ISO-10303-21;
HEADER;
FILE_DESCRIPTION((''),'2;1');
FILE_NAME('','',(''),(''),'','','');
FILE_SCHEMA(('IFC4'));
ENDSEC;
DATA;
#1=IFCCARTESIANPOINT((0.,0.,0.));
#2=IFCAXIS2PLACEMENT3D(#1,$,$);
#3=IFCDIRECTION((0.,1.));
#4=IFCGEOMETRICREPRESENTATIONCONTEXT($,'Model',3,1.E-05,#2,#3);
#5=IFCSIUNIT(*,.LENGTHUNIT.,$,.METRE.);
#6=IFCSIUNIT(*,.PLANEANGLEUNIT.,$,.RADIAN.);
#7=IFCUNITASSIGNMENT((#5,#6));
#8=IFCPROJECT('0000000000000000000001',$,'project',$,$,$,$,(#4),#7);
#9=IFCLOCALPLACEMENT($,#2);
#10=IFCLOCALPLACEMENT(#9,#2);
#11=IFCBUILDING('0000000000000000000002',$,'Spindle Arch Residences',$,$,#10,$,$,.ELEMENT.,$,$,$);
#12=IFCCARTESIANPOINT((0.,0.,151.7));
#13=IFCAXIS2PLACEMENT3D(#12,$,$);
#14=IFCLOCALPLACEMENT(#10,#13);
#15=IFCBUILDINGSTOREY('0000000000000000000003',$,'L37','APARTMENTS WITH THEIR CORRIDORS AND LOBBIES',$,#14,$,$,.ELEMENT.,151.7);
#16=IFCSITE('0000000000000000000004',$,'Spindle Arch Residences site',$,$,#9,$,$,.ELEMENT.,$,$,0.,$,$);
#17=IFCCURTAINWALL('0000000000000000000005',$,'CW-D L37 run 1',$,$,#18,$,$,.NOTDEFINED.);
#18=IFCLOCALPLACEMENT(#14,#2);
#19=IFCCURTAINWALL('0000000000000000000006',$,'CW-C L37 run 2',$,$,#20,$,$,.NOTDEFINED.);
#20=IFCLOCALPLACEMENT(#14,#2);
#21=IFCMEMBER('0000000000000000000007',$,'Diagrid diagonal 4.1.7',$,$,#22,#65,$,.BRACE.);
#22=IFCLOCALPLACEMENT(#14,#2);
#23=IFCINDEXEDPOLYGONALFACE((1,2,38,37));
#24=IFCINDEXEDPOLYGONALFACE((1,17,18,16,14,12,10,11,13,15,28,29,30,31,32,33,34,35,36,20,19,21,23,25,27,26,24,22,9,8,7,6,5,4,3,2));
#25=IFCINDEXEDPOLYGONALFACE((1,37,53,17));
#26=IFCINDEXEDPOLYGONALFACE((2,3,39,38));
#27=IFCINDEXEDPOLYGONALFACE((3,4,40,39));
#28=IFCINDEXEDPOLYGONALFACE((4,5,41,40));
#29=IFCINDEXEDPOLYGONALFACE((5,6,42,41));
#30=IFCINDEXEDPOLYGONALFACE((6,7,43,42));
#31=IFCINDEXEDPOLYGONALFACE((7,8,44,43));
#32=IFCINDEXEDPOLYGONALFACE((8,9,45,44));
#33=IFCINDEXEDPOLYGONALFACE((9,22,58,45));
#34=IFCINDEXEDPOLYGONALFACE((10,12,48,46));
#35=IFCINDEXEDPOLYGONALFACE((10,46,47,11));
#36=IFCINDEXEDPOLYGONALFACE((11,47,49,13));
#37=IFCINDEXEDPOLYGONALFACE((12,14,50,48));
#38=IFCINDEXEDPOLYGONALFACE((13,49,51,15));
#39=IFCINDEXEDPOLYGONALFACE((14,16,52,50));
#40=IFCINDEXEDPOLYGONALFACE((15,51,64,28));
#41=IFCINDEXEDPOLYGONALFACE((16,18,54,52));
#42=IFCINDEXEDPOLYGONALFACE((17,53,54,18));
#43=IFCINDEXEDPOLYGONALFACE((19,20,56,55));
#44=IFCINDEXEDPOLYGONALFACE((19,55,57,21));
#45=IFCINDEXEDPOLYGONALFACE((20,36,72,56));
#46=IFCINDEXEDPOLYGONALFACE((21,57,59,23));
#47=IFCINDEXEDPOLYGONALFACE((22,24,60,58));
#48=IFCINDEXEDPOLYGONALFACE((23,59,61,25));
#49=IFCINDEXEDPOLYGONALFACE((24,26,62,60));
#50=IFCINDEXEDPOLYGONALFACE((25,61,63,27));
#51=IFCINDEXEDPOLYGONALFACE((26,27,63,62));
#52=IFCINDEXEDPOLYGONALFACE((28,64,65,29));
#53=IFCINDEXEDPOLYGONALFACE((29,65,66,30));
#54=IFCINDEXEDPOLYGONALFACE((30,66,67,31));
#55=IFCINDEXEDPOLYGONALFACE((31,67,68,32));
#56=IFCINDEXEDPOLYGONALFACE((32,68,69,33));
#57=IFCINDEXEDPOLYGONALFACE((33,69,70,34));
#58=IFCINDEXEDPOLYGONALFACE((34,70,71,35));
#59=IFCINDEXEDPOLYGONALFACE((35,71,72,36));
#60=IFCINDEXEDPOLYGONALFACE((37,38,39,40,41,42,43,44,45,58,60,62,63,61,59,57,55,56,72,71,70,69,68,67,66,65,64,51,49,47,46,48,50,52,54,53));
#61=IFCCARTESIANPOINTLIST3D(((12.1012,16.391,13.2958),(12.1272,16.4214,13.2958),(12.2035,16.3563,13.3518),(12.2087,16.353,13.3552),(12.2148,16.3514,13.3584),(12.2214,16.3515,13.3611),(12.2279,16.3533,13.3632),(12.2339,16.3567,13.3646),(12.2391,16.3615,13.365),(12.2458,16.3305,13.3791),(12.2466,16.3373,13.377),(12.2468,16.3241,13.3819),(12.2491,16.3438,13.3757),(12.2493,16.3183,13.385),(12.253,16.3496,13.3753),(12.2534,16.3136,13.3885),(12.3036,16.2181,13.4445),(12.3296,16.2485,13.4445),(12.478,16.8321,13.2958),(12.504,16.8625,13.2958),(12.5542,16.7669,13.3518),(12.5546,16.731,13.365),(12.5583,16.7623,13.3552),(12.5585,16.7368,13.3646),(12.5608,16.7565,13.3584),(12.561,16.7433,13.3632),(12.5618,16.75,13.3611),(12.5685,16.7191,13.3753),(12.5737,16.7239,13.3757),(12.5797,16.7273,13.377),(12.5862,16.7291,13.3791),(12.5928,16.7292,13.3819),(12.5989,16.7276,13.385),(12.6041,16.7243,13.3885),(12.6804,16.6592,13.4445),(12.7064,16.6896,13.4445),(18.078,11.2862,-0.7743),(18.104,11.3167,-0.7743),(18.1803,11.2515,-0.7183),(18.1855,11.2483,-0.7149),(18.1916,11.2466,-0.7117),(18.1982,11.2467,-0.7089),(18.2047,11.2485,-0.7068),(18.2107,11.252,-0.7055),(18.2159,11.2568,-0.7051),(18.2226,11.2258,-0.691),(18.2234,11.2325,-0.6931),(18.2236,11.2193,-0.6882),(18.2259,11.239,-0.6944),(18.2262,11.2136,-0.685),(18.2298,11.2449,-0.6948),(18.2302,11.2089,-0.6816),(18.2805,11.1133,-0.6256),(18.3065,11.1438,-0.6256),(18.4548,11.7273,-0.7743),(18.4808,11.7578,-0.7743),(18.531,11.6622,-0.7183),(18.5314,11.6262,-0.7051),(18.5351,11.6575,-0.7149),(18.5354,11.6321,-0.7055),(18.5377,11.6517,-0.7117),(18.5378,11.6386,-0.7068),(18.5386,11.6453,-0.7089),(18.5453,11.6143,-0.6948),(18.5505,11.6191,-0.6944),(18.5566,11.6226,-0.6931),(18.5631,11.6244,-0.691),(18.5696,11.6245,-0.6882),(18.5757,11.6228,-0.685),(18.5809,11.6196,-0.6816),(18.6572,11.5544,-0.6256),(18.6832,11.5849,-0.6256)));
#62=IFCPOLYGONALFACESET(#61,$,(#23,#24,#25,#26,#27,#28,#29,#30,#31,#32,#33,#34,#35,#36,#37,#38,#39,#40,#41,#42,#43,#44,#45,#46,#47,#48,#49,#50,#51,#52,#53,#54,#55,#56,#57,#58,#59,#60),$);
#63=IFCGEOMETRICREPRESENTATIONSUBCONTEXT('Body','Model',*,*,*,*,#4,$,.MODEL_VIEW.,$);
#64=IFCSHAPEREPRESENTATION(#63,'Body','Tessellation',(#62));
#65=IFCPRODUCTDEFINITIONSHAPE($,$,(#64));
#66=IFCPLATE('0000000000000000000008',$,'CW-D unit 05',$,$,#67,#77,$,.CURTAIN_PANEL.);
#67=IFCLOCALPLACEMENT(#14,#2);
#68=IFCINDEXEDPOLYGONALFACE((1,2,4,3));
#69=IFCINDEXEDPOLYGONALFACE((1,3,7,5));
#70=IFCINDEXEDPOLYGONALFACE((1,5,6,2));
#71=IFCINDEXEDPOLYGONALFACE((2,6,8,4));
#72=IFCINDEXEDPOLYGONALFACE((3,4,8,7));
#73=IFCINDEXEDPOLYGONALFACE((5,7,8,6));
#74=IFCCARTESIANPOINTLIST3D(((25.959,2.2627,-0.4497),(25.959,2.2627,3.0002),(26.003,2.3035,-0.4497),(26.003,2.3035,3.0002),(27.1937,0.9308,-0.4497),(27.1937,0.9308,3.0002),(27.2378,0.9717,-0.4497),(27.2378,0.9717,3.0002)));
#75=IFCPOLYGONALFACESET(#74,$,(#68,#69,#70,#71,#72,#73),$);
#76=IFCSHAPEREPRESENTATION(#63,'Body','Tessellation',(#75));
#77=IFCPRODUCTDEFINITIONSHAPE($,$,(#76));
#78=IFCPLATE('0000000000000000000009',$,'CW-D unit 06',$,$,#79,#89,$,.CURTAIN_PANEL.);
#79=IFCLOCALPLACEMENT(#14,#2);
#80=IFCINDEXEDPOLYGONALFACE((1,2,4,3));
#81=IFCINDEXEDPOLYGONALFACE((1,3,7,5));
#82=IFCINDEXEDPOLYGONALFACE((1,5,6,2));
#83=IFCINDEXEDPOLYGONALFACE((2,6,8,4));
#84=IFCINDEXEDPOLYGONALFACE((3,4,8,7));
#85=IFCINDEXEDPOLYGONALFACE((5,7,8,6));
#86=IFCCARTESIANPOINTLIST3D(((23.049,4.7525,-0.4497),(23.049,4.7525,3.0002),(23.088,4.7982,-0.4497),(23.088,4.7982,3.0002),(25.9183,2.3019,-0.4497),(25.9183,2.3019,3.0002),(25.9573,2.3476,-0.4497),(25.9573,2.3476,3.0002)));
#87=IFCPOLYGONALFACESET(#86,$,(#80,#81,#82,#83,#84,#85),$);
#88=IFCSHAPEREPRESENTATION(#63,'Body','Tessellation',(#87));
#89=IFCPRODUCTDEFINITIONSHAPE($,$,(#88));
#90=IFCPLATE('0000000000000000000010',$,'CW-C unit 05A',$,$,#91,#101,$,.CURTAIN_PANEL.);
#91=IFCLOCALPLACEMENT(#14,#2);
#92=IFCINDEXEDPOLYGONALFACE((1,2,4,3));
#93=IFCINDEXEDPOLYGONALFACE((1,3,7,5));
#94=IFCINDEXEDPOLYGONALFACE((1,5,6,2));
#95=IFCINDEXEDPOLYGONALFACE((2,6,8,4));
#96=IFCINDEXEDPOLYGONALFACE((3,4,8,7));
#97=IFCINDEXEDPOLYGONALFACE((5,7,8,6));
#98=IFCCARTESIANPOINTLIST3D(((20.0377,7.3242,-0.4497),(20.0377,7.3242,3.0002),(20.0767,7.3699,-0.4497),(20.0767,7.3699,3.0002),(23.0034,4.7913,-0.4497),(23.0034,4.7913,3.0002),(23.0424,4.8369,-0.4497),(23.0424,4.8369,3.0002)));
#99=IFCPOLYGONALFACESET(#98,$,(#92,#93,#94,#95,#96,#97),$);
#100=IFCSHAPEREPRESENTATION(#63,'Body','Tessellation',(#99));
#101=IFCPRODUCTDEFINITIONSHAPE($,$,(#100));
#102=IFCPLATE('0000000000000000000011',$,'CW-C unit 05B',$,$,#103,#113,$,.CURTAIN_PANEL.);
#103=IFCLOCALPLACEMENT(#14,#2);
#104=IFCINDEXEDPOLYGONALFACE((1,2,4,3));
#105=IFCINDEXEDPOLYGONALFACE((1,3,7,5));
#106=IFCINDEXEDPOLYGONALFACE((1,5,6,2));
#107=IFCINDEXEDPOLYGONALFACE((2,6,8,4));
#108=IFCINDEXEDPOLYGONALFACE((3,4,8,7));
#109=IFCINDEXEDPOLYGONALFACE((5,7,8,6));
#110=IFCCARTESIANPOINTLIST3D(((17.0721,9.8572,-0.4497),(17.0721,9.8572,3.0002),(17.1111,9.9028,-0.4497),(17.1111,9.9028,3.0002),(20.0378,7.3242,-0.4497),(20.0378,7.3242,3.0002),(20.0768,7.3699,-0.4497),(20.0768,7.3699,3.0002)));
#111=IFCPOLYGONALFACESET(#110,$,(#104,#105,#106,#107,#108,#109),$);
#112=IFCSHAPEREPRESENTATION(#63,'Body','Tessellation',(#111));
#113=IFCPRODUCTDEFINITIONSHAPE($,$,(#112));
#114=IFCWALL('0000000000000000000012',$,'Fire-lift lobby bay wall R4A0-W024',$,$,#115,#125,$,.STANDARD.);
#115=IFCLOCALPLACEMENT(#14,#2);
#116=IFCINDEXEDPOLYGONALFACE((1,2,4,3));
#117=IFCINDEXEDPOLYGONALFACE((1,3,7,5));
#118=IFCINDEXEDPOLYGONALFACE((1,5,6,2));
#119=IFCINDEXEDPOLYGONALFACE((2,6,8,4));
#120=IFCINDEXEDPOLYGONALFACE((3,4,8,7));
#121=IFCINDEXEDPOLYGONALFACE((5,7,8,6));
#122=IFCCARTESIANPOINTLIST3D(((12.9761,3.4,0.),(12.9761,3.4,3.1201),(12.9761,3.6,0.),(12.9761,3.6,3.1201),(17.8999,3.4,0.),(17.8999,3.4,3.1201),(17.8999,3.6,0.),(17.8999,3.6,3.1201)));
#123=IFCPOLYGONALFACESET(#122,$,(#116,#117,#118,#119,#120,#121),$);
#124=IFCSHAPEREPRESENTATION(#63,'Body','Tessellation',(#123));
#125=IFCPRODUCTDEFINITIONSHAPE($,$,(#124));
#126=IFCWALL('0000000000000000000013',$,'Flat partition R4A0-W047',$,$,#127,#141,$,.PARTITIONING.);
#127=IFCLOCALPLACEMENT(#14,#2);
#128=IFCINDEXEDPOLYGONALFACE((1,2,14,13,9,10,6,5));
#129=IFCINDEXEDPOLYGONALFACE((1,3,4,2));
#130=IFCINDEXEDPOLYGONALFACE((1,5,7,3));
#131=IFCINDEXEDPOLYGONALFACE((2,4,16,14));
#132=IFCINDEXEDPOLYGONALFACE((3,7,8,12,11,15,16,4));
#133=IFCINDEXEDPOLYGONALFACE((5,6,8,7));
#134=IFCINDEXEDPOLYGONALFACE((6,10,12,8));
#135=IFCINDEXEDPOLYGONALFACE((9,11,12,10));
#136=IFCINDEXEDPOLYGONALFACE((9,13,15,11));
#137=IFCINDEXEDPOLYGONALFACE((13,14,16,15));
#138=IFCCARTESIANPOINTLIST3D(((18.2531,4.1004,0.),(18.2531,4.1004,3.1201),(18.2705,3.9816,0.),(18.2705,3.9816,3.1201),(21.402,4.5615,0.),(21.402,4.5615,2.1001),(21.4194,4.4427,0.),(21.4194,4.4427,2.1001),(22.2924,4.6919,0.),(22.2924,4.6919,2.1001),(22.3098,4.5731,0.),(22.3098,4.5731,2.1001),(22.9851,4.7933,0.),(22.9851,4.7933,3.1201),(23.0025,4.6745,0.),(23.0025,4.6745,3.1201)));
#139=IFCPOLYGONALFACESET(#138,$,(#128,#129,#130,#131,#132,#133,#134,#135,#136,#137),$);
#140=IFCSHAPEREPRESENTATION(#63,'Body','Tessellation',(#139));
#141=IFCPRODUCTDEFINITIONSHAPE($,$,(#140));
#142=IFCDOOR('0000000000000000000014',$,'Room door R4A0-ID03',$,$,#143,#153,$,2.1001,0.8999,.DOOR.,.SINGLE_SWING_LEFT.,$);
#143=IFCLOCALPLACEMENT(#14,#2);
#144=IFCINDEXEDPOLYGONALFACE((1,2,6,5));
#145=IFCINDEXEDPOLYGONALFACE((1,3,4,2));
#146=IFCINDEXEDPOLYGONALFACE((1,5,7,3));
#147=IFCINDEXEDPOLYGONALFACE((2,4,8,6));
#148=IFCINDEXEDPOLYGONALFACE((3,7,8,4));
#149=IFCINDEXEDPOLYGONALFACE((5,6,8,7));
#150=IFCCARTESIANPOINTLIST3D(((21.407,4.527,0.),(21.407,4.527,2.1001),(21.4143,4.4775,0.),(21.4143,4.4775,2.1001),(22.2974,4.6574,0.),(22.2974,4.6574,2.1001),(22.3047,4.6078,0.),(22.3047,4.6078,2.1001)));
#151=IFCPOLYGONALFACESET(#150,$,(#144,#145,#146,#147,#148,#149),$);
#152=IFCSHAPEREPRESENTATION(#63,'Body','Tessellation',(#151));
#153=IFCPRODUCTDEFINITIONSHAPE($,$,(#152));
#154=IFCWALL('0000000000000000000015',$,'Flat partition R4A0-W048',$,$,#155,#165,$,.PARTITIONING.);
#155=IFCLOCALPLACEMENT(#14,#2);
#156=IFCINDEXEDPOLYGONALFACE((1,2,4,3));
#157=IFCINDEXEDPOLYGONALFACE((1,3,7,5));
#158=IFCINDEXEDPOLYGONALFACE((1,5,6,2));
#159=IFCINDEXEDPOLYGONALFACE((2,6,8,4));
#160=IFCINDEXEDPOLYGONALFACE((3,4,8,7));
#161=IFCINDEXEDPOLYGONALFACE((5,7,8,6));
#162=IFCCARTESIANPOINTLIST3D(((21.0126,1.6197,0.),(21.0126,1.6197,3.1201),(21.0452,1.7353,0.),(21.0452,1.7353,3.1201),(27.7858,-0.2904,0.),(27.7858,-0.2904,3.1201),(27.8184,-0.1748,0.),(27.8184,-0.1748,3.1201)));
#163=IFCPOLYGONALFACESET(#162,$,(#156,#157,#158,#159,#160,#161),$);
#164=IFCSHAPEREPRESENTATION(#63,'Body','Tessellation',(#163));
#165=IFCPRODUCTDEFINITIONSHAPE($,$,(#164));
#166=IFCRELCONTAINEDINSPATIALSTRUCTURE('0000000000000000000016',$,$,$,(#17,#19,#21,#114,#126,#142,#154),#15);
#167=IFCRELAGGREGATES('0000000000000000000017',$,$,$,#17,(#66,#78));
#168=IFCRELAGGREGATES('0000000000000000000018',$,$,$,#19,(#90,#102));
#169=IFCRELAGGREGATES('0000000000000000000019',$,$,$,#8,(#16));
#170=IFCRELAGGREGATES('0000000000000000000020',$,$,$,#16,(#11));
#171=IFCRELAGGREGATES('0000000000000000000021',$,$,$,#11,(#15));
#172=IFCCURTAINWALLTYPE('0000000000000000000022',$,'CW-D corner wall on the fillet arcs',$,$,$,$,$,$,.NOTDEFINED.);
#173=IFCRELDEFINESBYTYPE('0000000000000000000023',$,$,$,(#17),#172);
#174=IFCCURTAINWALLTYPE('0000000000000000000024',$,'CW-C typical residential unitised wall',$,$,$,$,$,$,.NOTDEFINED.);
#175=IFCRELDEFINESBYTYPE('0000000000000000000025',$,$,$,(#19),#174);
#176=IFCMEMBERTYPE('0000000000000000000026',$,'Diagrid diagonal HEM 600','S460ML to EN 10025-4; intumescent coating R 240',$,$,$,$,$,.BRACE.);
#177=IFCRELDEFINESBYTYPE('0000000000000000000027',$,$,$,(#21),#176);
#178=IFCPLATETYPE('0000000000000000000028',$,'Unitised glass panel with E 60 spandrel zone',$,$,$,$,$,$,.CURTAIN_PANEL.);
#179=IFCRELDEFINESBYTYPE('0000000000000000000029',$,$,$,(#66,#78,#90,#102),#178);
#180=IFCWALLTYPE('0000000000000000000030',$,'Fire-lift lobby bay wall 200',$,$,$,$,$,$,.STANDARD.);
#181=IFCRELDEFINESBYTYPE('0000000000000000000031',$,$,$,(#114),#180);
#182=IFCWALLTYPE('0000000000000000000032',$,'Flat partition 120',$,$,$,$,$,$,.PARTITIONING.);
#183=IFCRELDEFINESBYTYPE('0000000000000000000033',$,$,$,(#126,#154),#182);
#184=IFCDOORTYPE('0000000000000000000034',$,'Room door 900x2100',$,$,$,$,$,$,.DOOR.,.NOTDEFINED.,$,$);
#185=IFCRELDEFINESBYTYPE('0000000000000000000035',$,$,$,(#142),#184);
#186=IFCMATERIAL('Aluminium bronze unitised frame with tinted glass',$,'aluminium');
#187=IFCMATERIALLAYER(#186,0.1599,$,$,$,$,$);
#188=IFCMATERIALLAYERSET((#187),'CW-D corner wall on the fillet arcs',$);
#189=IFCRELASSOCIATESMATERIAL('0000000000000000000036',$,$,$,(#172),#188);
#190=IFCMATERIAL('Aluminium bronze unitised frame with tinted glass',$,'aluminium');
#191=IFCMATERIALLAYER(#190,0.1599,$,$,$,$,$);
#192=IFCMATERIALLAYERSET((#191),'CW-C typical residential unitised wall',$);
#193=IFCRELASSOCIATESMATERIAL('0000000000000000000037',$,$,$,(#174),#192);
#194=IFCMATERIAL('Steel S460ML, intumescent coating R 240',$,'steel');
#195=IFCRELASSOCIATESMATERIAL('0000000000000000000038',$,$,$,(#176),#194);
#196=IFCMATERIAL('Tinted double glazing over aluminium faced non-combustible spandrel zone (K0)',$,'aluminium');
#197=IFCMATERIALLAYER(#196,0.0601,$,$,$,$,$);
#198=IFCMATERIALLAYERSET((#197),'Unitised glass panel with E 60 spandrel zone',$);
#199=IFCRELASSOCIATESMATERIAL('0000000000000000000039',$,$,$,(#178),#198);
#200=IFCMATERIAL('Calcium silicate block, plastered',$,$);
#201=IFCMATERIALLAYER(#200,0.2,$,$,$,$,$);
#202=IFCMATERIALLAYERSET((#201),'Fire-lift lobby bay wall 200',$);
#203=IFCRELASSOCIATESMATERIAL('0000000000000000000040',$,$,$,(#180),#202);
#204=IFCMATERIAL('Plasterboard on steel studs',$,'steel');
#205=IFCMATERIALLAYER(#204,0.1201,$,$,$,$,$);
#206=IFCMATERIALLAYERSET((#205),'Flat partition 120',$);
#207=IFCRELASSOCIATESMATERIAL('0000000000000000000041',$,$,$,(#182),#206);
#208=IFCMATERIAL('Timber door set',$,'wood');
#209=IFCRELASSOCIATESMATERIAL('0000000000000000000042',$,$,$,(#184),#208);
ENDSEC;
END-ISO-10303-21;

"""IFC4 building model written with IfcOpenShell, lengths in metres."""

from ifc_helpers import new_model, si_unit, direction, frame, frame_2d, origin, origin_2d, place, context, subcontext, project, spatial, rectangle, i_section, extrude, material, layer, layer_set, material_profile, profile_set, type_object, element, fill, aggregate, save


model = new_model("IFC4")

# Units and contexts
model_context = context("Model", 3, precision=1e-05, world=origin(), true_north=direction((0.0, 1.0)))
body_context = subcontext(model_context, "Body", "Model", "MODEL_VIEW")
ifc_project = project(units=[si_unit("LENGTHUNIT", "METRE"), si_unit("PLANEANGLEUNIT", "RADIAN")], contexts=[model_context])

# Site, building, storey
site_placement = place(None, origin())
site = spatial("IfcSite", under=ifc_project, at=site_placement, Name="Spindle Arch Residences site", CompositionType="ELEMENT", RefElevation=0.0)
building_placement = place(site_placement, origin())
building = spatial("IfcBuilding", under=site, at=building_placement, Name="Spindle Arch Residences", CompositionType="ELEMENT")
storey_placement = place(building_placement, frame((0.0, 0.0, 151.7)))
storey = spatial("IfcBuildingStorey", under=building, at=storey_placement, Name="L37", Description="APARTMENTS WITH THEIR CORRIDORS AND LOBBIES", CompositionType="ELEMENT", Elevation=151.7)

# Curtain wall
ifc_material_1 = material(Name="Aluminium bronze unitised frame with tinted glass", Category="aluminium")
ifc_layer_1 = layer(ifc_material_1, 0.1599)
ifc_layer_set_1 = layer_set([ifc_layer_1], Name="CW-D corner wall on the fillet arcs")
curtain_wall_type_1 = type_object("IfcCurtainWallType", Name="CW-D corner wall on the fillet arcs", PredefinedType="NOTDEFINED", material=ifc_layer_set_1)
curtain_wall_1_placement = place(storey_placement, origin())
curtain_wall_1 = element("IfcCurtainWall", 1, at=curtain_wall_1_placement, inside=storey, type_object=curtain_wall_type_1, Name="CW-D L37 run 1", PredefinedType="NOTDEFINED")

# Curtain wall
ifc_material_2 = material(Name="Aluminium bronze unitised frame with tinted glass", Category="aluminium")
ifc_layer_2 = layer(ifc_material_2, 0.1599)
ifc_layer_set_2 = layer_set([ifc_layer_2], Name="CW-C typical residential unitised wall")
curtain_wall_type_2 = type_object("IfcCurtainWallType", Name="CW-C typical residential unitised wall", PredefinedType="NOTDEFINED", material=ifc_layer_set_2)
curtain_wall_2_placement = place(storey_placement, origin())
curtain_wall_2 = element("IfcCurtainWall", 2, at=curtain_wall_2_placement, inside=storey, type_object=curtain_wall_type_2, Name="CW-C L37 run 2", PredefinedType="NOTDEFINED")

# Member
ifc_material_3 = material(Name="Steel S460ML, intumescent coating R 240", Category="steel")
ifc_material_profile_1 = material_profile(ifc_material_3, i_section(OverallWidth=0.3049, OverallDepth=0.6201, WebThickness=0.021, FlangeThickness=0.04, FilletRadius=0.0271, at=origin_2d()), Name="HEM 600")
ifc_profile_set_1 = profile_set([ifc_material_profile_1], Name="Steel S460ML, intumescent coating R 240")
member_type_1 = type_object("IfcMemberType", Name="Diagrid diagonal HEM 600", Description="S460ML to EN 10025-4; intumescent coating R 240", PredefinedType="BRACE", material=ifc_profile_set_1)
for number, where, z_axis, x_axis, name in (
    (3, (18.3806, 11.4355, -0.7), (-0.370846, 0.316736, 0.873013), (0.663841, -0.56698, 0.487697), "Diagrid diagonal 4.1.7"),
):
    element("IfcMember", number, at=place(storey_placement, frame(where, z_axis=z_axis, x_axis=x_axis)), inside=storey, type_object=member_type_1, Name=name, PredefinedType="BRACE", context=body_context, shape_type="SweptSolid", body=[
        extrude(i_section(OverallWidth=0.3049, OverallDepth=0.6201, WebThickness=0.021, FlangeThickness=0.04, FilletRadius=0.0271, at=origin_2d()), origin(), (0.0, 0.0, 1.0), 16.1167),
    ])

# Plates
ifc_material_4 = material(Name="Tinted double glazing over aluminium faced non-combustible spandrel zone (K0)", Category="aluminium")
ifc_layer_3 = layer(ifc_material_4, 0.0601)
ifc_layer_set_3 = layer_set([ifc_layer_3], Name="Unitised glass panel with E 60 spandrel zone")
plate_type = type_object("IfcPlateType", Name="Unitised glass panel with E 60 spandrel zone", PredefinedType="CURTAIN_PANEL", material=ifc_layer_set_3)
plate_1_placement = place(storey_placement, frame((26.5984, 1.6172, -0.4497), z_axis=(0.0, 0.0, 1.0), x_axis=(-0.679868, 0.733334, 0.0)))
plate_1 = element("IfcPlate", 4, at=plate_1_placement, type_object=plate_type, Name="CW-D unit 05", PredefinedType="CURTAIN_PANEL", context=body_context, shape_type="SweptSolid", body=[
    extrude(rectangle(XDim=1.8162, YDim=0.0601, at=origin_2d()), origin(), (0.0, 0.0, 1.0), 3.45),
])
plate_2_placement = place(storey_placement, frame((24.5032, 3.55, -0.4497), z_axis=(0.0, 0.0, 1.0), x_axis=(-0.760406, 0.649448, 0.0)))
plate_2 = element("IfcPlate", 5, at=plate_2_placement, type_object=plate_type, Name="CW-D unit 06", PredefinedType="CURTAIN_PANEL", context=body_context, shape_type="SweptSolid", body=[
    extrude(rectangle(XDim=3.7734, YDim=0.0601, at=origin_2d()), origin(), (0.0, 0.0, 1.0), 3.45),
])
aggregate(curtain_wall_1, [plate_1, plate_2])
plate_3_placement = place(storey_placement, frame((21.54, 6.0806, -0.4497), z_axis=(0.0, 0.0, 1.0), x_axis=(-0.760406, 0.649448, 0.0)))
plate_3 = element("IfcPlate", 6, at=plate_3_placement, type_object=plate_type, Name="CW-C unit 05A", PredefinedType="CURTAIN_PANEL", context=body_context, shape_type="SweptSolid", body=[
    extrude(rectangle(XDim=3.9001, YDim=0.0601, at=origin_2d()), origin(), (0.0, 0.0, 1.0), 3.45),
])
plate_4_placement = place(storey_placement, frame((18.5745, 8.6135, -0.4497), z_axis=(0.0, 0.0, 1.0), x_axis=(-0.760406, 0.649448, 0.0)))
plate_4 = element("IfcPlate", 7, at=plate_4_placement, type_object=plate_type, Name="CW-C unit 05B", PredefinedType="CURTAIN_PANEL", context=body_context, shape_type="SweptSolid", body=[
    extrude(rectangle(XDim=3.9001, YDim=0.0601, at=origin_2d()), origin(), (0.0, 0.0, 1.0), 3.45),
])
aggregate(curtain_wall_2, [plate_3, plate_4])

# Wall
ifc_material_5 = material(Name="Calcium silicate block, plastered")
ifc_layer_4 = layer(ifc_material_5, 0.2)
ifc_layer_set_4 = layer_set([ifc_layer_4], Name="Fire-lift lobby bay wall 200")
wall_type_1 = type_object("IfcWallType", Name="Fire-lift lobby bay wall 200", PredefinedType="STANDARD", material=ifc_layer_set_4)
wall_1_placement = place(storey_placement, frame((17.8999, 3.5, 0.0), z_axis=(0.0, 0.0, 1.0), x_axis=(-1.0, 0.0, 0.0)))
element("IfcWall", 8, at=wall_1_placement, inside=storey, type_object=wall_type_1, Name="Fire-lift lobby bay wall R4A0-W024", PredefinedType="STANDARD", context=body_context, shape_type="SweptSolid", body=[
    extrude(rectangle(XDim=4.9238, YDim=0.2, at=frame_2d((2.4619, 0.0))), origin(), (0.0, 0.0, 1.0), 3.1201),
])

# Wall, opening, door
ifc_material_6 = material(Name="Plasterboard on steel studs", Category="steel")
ifc_layer_5 = layer(ifc_material_6, 0.1201)
ifc_layer_set_5 = layer_set([ifc_layer_5], Name="Flat partition 120")
wall_type_2 = type_object("IfcWallType", Name="Flat partition 120", PredefinedType="PARTITIONING", material=ifc_layer_set_5)
wall_2_placement = place(storey_placement, frame((22.9937, 4.7339, 0.0), z_axis=(0.0, 0.0, 1.0), x_axis=(-0.989449, -0.14488, 0.0)))
wall_2 = element("IfcWall", 9, at=wall_2_placement, inside=storey, type_object=wall_type_2, Name="Flat partition R4A0-W047", PredefinedType="PARTITIONING", context=body_context, shape_type="SweptSolid", body=[
    extrude(rectangle(XDim=4.7825, YDim=0.1201, at=frame_2d((2.3911, 0.0))), origin(), (0.0, 0.0, 1.0), 3.1201),
])
opening_placement = place(wall_2_placement, frame((0.7, 0.0, 0.0)))
opening = element("IfcOpeningElement", 10, at=opening_placement, cuts=wall_2, PredefinedType="OPENING", context=body_context, shape_type="SweptSolid", body=[
    extrude(rectangle(XDim=0.8999, YDim=2.1001, at=frame_2d((0.45, 1.05))), frame((0.0, 0.0701, 0.0), z_axis=(0.0, -1.0, 0.0), x_axis=(1.0, 0.0, 0.0)), (0.0, 0.0, 1.0), 0.1401),
])
ifc_material_7 = material(Name="Timber door set", Category="wood")
door_type = type_object("IfcDoorType", Name="Room door 900x2100", OperationType="NOTDEFINED", PredefinedType="DOOR", material=ifc_material_7)
door_placement = place(opening_placement, origin())
door = element("IfcDoor", 11, at=door_placement, inside=storey, type_object=door_type, Name="Room door R4A0-ID03", OperationType="SINGLE_SWING_LEFT", OverallHeight=2.1001, OverallWidth=0.8999, PredefinedType="DOOR", context=body_context, shape_type="SweptSolid", body=[
    extrude(rectangle(XDim=0.8999, YDim=2.1001, at=frame_2d((0.45, 1.05))), frame((0.0, 0.0249, 0.0), z_axis=(0.0, -1.0, 0.0), x_axis=(1.0, 0.0, 0.0)), (0.0, 0.0, 1.0), 0.05),
])
fill(opening, door)

# Wall
wall_3_placement = place(storey_placement, frame((21.0291, 1.6775, 0.0), z_axis=(0.0, 0.0, 1.0), x_axis=(0.962458, -0.27143, 0.0)))
element("IfcWall", 12, at=wall_3_placement, inside=storey, type_object=wall_type_2, Name="Flat partition R4A0-W048", PredefinedType="PARTITIONING", context=body_context, shape_type="SweptSolid", body=[
    extrude(rectangle(XDim=7.0374, YDim=0.1201, at=frame_2d((3.5186, 0.0))), origin(), (0.0, 0.0, 1.0), 3.1201),
])

save(model, "model.ifc")
